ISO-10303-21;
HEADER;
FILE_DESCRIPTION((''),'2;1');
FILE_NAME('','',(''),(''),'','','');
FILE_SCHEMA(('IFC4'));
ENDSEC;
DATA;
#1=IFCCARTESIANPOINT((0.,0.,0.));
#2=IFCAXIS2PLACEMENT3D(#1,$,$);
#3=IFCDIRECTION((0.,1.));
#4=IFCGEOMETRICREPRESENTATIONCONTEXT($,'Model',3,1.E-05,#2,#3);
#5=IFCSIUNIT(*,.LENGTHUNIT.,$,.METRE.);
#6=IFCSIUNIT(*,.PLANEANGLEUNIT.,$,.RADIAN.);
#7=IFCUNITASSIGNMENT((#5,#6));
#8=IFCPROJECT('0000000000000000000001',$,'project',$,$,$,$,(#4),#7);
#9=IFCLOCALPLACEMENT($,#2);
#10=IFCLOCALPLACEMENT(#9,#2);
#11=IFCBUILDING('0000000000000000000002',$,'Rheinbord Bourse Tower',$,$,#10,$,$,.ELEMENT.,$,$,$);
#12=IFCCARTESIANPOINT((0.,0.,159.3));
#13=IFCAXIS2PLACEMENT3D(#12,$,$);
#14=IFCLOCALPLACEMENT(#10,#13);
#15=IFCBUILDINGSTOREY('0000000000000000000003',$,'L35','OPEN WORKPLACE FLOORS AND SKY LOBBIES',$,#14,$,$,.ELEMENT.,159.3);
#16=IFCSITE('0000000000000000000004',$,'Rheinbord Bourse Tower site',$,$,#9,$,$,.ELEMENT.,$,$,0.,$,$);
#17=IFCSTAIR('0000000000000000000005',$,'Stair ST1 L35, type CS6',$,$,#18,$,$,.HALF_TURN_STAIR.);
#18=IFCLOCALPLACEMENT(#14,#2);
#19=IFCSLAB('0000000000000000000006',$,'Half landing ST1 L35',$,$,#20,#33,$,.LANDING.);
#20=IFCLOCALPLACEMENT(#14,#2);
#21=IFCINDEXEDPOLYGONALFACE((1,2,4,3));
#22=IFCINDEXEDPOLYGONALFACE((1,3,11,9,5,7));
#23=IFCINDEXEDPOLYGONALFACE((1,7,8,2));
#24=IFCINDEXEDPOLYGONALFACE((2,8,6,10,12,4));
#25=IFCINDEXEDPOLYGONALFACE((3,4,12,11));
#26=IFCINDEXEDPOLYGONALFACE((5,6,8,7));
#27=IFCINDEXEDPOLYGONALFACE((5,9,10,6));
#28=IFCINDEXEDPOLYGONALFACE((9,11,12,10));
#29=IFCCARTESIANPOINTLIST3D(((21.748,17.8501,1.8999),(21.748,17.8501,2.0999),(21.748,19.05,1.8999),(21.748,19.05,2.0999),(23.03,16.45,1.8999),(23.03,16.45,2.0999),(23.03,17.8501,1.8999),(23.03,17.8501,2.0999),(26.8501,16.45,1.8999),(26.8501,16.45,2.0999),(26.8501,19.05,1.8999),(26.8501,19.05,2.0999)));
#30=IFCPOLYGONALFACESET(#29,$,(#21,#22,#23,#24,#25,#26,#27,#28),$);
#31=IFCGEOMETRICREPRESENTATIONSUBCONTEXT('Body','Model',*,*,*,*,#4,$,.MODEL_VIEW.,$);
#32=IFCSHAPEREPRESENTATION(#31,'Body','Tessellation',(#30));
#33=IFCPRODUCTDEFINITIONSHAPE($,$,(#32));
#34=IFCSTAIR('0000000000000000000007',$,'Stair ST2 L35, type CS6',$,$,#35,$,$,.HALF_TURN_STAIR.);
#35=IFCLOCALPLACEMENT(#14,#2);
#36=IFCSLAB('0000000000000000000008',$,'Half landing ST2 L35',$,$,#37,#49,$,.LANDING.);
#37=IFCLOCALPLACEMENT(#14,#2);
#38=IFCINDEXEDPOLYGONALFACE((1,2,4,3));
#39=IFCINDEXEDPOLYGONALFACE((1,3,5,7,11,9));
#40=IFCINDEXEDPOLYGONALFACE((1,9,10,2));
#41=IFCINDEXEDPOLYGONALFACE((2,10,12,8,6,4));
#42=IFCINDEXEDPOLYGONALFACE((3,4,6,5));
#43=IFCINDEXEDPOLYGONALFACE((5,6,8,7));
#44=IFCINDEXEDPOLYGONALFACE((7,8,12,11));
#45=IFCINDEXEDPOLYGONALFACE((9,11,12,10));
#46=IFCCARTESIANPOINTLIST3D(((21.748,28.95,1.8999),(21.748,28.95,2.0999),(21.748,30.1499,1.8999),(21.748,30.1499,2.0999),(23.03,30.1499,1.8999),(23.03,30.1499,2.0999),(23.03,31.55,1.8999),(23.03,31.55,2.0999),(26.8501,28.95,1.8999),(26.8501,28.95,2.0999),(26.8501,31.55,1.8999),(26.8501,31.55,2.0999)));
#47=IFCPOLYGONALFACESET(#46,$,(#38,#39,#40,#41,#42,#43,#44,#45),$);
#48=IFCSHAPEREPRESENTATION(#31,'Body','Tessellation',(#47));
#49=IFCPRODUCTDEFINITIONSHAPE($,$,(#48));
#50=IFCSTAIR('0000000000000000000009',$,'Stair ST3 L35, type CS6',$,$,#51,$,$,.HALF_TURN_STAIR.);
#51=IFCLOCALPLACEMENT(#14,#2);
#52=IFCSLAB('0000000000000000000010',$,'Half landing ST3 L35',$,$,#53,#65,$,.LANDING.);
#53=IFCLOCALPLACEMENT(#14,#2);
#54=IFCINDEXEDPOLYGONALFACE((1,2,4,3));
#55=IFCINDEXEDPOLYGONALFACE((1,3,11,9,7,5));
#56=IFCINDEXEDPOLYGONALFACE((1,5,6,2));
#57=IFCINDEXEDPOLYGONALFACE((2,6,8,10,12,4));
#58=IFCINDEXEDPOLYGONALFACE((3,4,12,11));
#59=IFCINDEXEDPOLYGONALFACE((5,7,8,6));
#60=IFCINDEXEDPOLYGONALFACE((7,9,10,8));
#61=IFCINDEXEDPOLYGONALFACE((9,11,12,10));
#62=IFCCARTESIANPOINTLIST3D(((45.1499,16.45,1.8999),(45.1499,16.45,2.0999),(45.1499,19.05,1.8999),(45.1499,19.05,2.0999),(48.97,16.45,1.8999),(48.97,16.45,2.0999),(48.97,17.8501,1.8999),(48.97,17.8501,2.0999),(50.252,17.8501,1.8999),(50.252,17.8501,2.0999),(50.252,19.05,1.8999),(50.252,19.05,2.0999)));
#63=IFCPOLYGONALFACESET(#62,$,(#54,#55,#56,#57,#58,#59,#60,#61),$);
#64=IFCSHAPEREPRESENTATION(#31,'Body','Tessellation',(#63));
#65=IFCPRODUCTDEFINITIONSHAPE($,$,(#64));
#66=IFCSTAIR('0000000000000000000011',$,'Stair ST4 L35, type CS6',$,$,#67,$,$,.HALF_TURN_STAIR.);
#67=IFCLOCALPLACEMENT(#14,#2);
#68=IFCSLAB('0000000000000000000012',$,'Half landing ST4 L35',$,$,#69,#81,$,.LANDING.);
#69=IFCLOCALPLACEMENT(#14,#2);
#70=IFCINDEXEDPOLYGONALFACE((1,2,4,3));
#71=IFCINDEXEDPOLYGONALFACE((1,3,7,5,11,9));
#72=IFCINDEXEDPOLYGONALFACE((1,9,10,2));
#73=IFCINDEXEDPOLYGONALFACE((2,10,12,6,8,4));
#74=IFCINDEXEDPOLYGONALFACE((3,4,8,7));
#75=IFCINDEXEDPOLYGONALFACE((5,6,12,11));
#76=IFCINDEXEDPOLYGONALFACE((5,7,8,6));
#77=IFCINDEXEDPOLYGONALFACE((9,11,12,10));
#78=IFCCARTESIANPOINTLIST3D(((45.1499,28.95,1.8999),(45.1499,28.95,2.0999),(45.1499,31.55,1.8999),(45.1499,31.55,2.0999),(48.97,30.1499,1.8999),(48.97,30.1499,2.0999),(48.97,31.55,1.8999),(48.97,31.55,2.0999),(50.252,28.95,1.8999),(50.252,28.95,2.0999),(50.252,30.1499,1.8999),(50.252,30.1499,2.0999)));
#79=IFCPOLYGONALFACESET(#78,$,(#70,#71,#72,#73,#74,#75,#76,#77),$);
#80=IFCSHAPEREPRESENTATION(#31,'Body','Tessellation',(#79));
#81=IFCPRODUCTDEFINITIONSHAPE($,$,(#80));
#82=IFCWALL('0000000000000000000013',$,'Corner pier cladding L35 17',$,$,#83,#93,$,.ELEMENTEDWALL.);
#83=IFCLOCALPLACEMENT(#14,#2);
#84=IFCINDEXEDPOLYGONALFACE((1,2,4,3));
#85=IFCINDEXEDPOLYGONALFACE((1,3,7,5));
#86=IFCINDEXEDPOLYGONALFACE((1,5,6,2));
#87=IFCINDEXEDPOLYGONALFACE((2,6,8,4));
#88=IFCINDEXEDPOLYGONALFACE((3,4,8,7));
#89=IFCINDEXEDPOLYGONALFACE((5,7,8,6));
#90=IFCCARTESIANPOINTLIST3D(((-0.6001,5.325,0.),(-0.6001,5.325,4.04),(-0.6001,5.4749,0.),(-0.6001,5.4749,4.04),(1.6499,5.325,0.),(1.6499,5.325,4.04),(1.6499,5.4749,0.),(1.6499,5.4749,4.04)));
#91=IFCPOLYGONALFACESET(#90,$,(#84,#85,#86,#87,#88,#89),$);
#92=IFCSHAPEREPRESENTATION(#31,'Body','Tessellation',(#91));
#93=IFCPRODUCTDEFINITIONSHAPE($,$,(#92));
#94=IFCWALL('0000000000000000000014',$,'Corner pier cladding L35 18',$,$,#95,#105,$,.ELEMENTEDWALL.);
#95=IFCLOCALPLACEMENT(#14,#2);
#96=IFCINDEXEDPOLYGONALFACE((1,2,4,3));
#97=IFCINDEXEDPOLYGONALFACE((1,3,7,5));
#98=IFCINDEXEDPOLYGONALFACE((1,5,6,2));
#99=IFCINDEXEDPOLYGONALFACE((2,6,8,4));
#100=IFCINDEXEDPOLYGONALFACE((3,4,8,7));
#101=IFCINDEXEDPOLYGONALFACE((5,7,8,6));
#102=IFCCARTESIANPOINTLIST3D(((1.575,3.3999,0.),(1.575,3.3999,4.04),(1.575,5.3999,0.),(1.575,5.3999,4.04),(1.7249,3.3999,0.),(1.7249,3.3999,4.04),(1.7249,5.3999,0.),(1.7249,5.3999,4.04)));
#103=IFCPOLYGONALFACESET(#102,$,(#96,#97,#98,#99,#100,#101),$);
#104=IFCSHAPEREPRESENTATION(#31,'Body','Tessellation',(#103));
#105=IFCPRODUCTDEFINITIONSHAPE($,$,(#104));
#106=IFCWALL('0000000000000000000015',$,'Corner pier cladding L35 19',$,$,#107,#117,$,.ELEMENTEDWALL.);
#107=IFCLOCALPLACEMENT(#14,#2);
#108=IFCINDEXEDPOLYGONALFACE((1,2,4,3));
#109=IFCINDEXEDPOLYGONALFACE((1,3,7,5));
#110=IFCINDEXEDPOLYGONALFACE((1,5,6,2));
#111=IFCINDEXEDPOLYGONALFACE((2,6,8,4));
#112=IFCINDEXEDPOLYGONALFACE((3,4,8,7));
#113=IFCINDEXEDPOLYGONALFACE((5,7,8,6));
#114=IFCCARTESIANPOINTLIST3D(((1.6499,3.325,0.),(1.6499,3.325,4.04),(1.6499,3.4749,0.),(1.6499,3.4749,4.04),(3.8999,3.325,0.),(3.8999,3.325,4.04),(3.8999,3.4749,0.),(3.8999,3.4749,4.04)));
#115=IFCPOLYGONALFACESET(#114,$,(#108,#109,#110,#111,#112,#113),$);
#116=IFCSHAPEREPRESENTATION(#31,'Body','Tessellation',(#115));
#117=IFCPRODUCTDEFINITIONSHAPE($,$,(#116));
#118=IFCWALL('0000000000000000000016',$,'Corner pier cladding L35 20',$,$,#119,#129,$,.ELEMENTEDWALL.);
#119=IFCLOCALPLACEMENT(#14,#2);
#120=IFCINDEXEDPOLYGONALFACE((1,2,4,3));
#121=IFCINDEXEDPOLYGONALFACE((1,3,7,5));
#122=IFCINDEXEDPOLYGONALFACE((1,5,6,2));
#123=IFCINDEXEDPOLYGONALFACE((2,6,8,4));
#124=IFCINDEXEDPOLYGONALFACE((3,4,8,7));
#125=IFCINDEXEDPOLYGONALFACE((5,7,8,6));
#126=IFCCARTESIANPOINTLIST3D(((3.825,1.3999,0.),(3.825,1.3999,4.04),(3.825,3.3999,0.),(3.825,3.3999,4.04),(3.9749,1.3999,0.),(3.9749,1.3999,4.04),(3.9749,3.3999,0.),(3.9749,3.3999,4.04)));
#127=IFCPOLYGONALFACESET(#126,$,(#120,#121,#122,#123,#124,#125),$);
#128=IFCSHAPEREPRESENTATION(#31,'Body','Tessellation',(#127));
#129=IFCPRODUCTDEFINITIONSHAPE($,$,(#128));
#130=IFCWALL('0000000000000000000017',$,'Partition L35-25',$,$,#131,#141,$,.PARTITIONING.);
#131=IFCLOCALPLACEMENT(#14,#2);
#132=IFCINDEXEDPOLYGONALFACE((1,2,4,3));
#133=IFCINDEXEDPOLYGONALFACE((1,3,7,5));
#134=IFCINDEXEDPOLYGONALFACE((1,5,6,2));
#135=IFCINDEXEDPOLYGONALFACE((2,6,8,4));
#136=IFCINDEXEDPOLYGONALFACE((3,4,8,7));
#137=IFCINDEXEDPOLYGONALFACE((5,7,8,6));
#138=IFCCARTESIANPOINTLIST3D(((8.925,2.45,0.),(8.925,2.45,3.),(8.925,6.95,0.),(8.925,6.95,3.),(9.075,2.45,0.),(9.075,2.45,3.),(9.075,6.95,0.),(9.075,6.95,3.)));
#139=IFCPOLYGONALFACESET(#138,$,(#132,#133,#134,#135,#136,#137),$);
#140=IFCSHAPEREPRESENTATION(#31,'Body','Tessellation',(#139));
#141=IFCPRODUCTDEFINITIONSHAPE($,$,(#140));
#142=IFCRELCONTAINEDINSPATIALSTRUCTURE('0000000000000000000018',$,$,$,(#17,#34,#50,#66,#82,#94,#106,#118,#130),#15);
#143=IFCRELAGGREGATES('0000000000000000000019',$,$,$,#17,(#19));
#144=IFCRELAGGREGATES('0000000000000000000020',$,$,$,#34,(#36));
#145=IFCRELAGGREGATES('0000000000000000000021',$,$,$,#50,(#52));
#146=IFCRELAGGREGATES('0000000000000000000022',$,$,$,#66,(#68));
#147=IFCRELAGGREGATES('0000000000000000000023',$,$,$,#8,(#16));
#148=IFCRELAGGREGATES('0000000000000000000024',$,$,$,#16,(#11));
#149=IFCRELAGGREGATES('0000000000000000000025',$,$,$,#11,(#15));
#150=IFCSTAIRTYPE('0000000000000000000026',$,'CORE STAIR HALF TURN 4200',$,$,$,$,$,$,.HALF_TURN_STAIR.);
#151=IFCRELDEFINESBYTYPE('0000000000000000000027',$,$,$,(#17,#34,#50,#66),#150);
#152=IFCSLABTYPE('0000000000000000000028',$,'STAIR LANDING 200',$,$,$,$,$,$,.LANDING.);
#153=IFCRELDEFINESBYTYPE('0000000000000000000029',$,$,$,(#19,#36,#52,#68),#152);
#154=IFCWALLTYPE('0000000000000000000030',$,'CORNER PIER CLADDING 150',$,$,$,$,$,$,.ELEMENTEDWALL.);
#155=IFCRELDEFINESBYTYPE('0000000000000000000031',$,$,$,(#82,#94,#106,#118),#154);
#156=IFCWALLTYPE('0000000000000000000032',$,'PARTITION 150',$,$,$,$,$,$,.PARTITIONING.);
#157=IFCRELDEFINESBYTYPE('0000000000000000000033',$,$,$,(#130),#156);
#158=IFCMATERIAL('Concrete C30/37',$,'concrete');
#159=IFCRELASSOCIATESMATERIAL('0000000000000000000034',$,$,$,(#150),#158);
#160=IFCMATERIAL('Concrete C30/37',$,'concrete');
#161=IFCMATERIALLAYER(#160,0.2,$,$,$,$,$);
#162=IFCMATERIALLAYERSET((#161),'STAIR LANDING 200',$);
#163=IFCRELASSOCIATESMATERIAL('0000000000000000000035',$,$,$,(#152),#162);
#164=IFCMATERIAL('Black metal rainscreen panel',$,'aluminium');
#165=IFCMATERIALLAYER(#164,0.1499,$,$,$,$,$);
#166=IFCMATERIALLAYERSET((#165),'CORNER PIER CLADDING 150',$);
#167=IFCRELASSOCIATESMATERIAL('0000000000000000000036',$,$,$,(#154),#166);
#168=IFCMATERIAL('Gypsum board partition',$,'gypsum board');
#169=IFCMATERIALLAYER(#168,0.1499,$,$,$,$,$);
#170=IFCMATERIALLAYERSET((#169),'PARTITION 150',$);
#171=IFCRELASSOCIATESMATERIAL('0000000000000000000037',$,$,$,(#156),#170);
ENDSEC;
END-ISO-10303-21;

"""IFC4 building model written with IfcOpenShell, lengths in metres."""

from ifc_helpers import new_model, si_unit, direction, frame, frame_2d, origin, place, context, subcontext, project, spatial, polyline, rectangle, outline, extrude, material, layer, layer_set, type_object, element, aggregate, save


model = new_model("IFC4")

# Units and contexts
model_context = context("Model", 3, precision=1e-05, world=origin(), true_north=direction((0.0, 1.0)))
body_context = subcontext(model_context, "Body", "Model", "MODEL_VIEW")
ifc_project = project(units=[si_unit("LENGTHUNIT", "METRE"), si_unit("PLANEANGLEUNIT", "RADIAN")], contexts=[model_context])

# Site, building, storey
site_placement = place(None, origin())
site = spatial("IfcSite", under=ifc_project, at=site_placement, Name="Rheinbord Bourse Tower site", CompositionType="ELEMENT", RefElevation=0.0)
building_placement = place(site_placement, origin())
building = spatial("IfcBuilding", under=site, at=building_placement, Name="Rheinbord Bourse Tower", CompositionType="ELEMENT")
storey_placement = place(building_placement, frame((0.0, 0.0, 159.3)))
storey = spatial("IfcBuildingStorey", under=building, at=storey_placement, Name="L35", Description="OPEN WORKPLACE FLOORS AND SKY LOBBIES", CompositionType="ELEMENT", Elevation=159.3)

# Stairs, slabs
ifc_material_1 = material(Name="Concrete C30/37", Category="concrete")
stair_type = type_object("IfcStairType", Name="CORE STAIR HALF TURN 4200", PredefinedType="HALF_TURN_STAIR", material=ifc_material_1)
stair_1_placement = place(storey_placement, origin())
stair_1 = element("IfcStair", 1, at=stair_1_placement, inside=storey, type_object=stair_type, Name="Stair ST1 L35, type CS6", PredefinedType="HALF_TURN_STAIR")
ifc_material_2 = material(Name="Concrete C30/37", Category="concrete")
ifc_layer_1 = layer(ifc_material_2, 0.2)
ifc_layer_set_1 = layer_set([ifc_layer_1], Name="STAIR LANDING 200")
slab_type_1 = type_object("IfcSlabType", Name="STAIR LANDING 200", PredefinedType="LANDING", material=ifc_layer_set_1)
slab_1_placement = place(storey_placement, frame((0.0, 0.0, 1.8999)))
slab_1 = element("IfcSlab", 2, at=slab_1_placement, type_object=slab_type_1, Name="Half landing ST1 L35", PredefinedType="LANDING", context=body_context, shape_type="SweptSolid", body=[
    extrude(outline(polyline([(23.03, 16.45), (26.8501, 16.45), (26.8501, 19.05), (21.748, 19.05), (21.748, 17.8501), (23.03, 17.8501), (23.03, 16.45)])), origin(), (0.0, 0.0, 1.0), 0.2),
])
aggregate(stair_1, [slab_1])
stair_2_placement = place(storey_placement, origin())
stair_2 = element("IfcStair", 3, at=stair_2_placement, inside=storey, type_object=stair_type, Name="Stair ST2 L35, type CS6", PredefinedType="HALF_TURN_STAIR")
slab_2_placement = place(storey_placement, frame((0.0, 0.0, 1.8999)))
slab_2 = element("IfcSlab", 4, at=slab_2_placement, type_object=slab_type_1, Name="Half landing ST2 L35", PredefinedType="LANDING", context=body_context, shape_type="SweptSolid", body=[
    extrude(outline(polyline([(21.748, 28.95), (26.8501, 28.95), (26.8501, 31.55), (23.03, 31.55), (23.03, 30.1499), (21.748, 30.1499), (21.748, 28.95)])), origin(), (0.0, 0.0, 1.0), 0.2),
])
aggregate(stair_2, [slab_2])
stair_3_placement = place(storey_placement, origin())
stair_3 = element("IfcStair", 5, at=stair_3_placement, inside=storey, type_object=stair_type, Name="Stair ST3 L35, type CS6", PredefinedType="HALF_TURN_STAIR")
slab_3_placement = place(storey_placement, frame((0.0, 0.0, 1.8999)))
slab_3 = element("IfcSlab", 6, at=slab_3_placement, type_object=slab_type_1, Name="Half landing ST3 L35", PredefinedType="LANDING", context=body_context, shape_type="SweptSolid", body=[
    extrude(outline(polyline([(45.1499, 16.45), (48.97, 16.45), (48.97, 17.8501), (50.252, 17.8501), (50.252, 19.05), (45.1499, 19.05), (45.1499, 16.45)])), origin(), (0.0, 0.0, 1.0), 0.2),
])
aggregate(stair_3, [slab_3])
stair_4_placement = place(storey_placement, origin())
stair_4 = element("IfcStair", 7, at=stair_4_placement, inside=storey, type_object=stair_type, Name="Stair ST4 L35, type CS6", PredefinedType="HALF_TURN_STAIR")
slab_4_placement = place(storey_placement, frame((0.0, 0.0, 1.8999)))
slab_4 = element("IfcSlab", 8, at=slab_4_placement, type_object=slab_type_1, Name="Half landing ST4 L35", PredefinedType="LANDING", context=body_context, shape_type="SweptSolid", body=[
    extrude(outline(polyline([(45.1499, 28.95), (50.252, 28.95), (50.252, 30.1499), (48.97, 30.1499), (48.97, 31.55), (45.1499, 31.55), (45.1499, 28.95)])), origin(), (0.0, 0.0, 1.0), 0.2),
])
aggregate(stair_4, [slab_4])

# Walls
ifc_material_3 = material(Name="Black metal rainscreen panel", Category="aluminium")
ifc_layer_2 = layer(ifc_material_3, 0.1499)
ifc_layer_set_2 = layer_set([ifc_layer_2], Name="CORNER PIER CLADDING 150")
wall_type_1 = type_object("IfcWallType", Name="CORNER PIER CLADDING 150", PredefinedType="ELEMENTEDWALL", material=ifc_layer_set_2)
wall_1_placement = place(storey_placement, frame((-0.6001, 5.3999, 0.0), z_axis=(0.0, 0.0, 1.0), x_axis=(1.0, 0.0, 0.0)))
element("IfcWall", 9, at=wall_1_placement, inside=storey, type_object=wall_type_1, Name="Corner pier cladding L35 17", PredefinedType="ELEMENTEDWALL", context=body_context, shape_type="SweptSolid", body=[
    extrude(rectangle(XDim=2.25, YDim=0.1499, at=frame_2d((1.125, 0.0))), origin(), (0.0, 0.0, 1.0), 4.04),
])
wall_2_placement = place(storey_placement, frame((1.6499, 5.3999, 0.0), z_axis=(0.0, 0.0, 1.0), x_axis=(0.0, -1.0, 0.0)))
element("IfcWall", 10, at=wall_2_placement, inside=storey, type_object=wall_type_1, Name="Corner pier cladding L35 18", PredefinedType="ELEMENTEDWALL", context=body_context, shape_type="SweptSolid", body=[
    extrude(rectangle(XDim=2.0, YDim=0.1499, at=frame_2d((1.0, 0.0))), origin(), (0.0, 0.0, 1.0), 4.04),
])
wall_3_placement = place(storey_placement, frame((1.6499, 3.3999, 0.0), z_axis=(0.0, 0.0, 1.0), x_axis=(1.0, 0.0, 0.0)))
element("IfcWall", 11, at=wall_3_placement, inside=storey, type_object=wall_type_1, Name="Corner pier cladding L35 19", PredefinedType="ELEMENTEDWALL", context=body_context, shape_type="SweptSolid", body=[
    extrude(rectangle(XDim=2.25, YDim=0.1499, at=frame_2d((1.125, 0.0))), origin(), (0.0, 0.0, 1.0), 4.04),
])
wall_4_placement = place(storey_placement, frame((3.8999, 3.3999, 0.0), z_axis=(0.0, 0.0, 1.0), x_axis=(0.0, -1.0, 0.0)))
element("IfcWall", 12, at=wall_4_placement, inside=storey, type_object=wall_type_1, Name="Corner pier cladding L35 20", PredefinedType="ELEMENTEDWALL", context=body_context, shape_type="SweptSolid", body=[
    extrude(rectangle(XDim=2.0, YDim=0.1499, at=frame_2d((1.0, 0.0))), origin(), (0.0, 0.0, 1.0), 4.04),
])
ifc_material_4 = material(Name="Gypsum board partition", Category="gypsum board")
ifc_layer_3 = layer(ifc_material_4, 0.1499)
ifc_layer_set_3 = layer_set([ifc_layer_3], Name="PARTITION 150")
wall_type_2 = type_object("IfcWallType", Name="PARTITION 150", PredefinedType="PARTITIONING", material=ifc_layer_set_3)
wall_5_placement = place(storey_placement, frame((9.0, 2.45, 0.0), z_axis=(0.0, 0.0, 1.0), x_axis=(0.0, 1.0, 0.0)))
element("IfcWall", 13, at=wall_5_placement, inside=storey, type_object=wall_type_2, Name="Partition L35-25", PredefinedType="PARTITIONING", context=body_context, shape_type="SweptSolid", body=[
    extrude(rectangle(XDim=4.5, YDim=0.1499, at=frame_2d((2.25, 0.0))), origin(), (0.0, 0.0, 1.0), 3.0),
])

save(model, "model.ifc")
